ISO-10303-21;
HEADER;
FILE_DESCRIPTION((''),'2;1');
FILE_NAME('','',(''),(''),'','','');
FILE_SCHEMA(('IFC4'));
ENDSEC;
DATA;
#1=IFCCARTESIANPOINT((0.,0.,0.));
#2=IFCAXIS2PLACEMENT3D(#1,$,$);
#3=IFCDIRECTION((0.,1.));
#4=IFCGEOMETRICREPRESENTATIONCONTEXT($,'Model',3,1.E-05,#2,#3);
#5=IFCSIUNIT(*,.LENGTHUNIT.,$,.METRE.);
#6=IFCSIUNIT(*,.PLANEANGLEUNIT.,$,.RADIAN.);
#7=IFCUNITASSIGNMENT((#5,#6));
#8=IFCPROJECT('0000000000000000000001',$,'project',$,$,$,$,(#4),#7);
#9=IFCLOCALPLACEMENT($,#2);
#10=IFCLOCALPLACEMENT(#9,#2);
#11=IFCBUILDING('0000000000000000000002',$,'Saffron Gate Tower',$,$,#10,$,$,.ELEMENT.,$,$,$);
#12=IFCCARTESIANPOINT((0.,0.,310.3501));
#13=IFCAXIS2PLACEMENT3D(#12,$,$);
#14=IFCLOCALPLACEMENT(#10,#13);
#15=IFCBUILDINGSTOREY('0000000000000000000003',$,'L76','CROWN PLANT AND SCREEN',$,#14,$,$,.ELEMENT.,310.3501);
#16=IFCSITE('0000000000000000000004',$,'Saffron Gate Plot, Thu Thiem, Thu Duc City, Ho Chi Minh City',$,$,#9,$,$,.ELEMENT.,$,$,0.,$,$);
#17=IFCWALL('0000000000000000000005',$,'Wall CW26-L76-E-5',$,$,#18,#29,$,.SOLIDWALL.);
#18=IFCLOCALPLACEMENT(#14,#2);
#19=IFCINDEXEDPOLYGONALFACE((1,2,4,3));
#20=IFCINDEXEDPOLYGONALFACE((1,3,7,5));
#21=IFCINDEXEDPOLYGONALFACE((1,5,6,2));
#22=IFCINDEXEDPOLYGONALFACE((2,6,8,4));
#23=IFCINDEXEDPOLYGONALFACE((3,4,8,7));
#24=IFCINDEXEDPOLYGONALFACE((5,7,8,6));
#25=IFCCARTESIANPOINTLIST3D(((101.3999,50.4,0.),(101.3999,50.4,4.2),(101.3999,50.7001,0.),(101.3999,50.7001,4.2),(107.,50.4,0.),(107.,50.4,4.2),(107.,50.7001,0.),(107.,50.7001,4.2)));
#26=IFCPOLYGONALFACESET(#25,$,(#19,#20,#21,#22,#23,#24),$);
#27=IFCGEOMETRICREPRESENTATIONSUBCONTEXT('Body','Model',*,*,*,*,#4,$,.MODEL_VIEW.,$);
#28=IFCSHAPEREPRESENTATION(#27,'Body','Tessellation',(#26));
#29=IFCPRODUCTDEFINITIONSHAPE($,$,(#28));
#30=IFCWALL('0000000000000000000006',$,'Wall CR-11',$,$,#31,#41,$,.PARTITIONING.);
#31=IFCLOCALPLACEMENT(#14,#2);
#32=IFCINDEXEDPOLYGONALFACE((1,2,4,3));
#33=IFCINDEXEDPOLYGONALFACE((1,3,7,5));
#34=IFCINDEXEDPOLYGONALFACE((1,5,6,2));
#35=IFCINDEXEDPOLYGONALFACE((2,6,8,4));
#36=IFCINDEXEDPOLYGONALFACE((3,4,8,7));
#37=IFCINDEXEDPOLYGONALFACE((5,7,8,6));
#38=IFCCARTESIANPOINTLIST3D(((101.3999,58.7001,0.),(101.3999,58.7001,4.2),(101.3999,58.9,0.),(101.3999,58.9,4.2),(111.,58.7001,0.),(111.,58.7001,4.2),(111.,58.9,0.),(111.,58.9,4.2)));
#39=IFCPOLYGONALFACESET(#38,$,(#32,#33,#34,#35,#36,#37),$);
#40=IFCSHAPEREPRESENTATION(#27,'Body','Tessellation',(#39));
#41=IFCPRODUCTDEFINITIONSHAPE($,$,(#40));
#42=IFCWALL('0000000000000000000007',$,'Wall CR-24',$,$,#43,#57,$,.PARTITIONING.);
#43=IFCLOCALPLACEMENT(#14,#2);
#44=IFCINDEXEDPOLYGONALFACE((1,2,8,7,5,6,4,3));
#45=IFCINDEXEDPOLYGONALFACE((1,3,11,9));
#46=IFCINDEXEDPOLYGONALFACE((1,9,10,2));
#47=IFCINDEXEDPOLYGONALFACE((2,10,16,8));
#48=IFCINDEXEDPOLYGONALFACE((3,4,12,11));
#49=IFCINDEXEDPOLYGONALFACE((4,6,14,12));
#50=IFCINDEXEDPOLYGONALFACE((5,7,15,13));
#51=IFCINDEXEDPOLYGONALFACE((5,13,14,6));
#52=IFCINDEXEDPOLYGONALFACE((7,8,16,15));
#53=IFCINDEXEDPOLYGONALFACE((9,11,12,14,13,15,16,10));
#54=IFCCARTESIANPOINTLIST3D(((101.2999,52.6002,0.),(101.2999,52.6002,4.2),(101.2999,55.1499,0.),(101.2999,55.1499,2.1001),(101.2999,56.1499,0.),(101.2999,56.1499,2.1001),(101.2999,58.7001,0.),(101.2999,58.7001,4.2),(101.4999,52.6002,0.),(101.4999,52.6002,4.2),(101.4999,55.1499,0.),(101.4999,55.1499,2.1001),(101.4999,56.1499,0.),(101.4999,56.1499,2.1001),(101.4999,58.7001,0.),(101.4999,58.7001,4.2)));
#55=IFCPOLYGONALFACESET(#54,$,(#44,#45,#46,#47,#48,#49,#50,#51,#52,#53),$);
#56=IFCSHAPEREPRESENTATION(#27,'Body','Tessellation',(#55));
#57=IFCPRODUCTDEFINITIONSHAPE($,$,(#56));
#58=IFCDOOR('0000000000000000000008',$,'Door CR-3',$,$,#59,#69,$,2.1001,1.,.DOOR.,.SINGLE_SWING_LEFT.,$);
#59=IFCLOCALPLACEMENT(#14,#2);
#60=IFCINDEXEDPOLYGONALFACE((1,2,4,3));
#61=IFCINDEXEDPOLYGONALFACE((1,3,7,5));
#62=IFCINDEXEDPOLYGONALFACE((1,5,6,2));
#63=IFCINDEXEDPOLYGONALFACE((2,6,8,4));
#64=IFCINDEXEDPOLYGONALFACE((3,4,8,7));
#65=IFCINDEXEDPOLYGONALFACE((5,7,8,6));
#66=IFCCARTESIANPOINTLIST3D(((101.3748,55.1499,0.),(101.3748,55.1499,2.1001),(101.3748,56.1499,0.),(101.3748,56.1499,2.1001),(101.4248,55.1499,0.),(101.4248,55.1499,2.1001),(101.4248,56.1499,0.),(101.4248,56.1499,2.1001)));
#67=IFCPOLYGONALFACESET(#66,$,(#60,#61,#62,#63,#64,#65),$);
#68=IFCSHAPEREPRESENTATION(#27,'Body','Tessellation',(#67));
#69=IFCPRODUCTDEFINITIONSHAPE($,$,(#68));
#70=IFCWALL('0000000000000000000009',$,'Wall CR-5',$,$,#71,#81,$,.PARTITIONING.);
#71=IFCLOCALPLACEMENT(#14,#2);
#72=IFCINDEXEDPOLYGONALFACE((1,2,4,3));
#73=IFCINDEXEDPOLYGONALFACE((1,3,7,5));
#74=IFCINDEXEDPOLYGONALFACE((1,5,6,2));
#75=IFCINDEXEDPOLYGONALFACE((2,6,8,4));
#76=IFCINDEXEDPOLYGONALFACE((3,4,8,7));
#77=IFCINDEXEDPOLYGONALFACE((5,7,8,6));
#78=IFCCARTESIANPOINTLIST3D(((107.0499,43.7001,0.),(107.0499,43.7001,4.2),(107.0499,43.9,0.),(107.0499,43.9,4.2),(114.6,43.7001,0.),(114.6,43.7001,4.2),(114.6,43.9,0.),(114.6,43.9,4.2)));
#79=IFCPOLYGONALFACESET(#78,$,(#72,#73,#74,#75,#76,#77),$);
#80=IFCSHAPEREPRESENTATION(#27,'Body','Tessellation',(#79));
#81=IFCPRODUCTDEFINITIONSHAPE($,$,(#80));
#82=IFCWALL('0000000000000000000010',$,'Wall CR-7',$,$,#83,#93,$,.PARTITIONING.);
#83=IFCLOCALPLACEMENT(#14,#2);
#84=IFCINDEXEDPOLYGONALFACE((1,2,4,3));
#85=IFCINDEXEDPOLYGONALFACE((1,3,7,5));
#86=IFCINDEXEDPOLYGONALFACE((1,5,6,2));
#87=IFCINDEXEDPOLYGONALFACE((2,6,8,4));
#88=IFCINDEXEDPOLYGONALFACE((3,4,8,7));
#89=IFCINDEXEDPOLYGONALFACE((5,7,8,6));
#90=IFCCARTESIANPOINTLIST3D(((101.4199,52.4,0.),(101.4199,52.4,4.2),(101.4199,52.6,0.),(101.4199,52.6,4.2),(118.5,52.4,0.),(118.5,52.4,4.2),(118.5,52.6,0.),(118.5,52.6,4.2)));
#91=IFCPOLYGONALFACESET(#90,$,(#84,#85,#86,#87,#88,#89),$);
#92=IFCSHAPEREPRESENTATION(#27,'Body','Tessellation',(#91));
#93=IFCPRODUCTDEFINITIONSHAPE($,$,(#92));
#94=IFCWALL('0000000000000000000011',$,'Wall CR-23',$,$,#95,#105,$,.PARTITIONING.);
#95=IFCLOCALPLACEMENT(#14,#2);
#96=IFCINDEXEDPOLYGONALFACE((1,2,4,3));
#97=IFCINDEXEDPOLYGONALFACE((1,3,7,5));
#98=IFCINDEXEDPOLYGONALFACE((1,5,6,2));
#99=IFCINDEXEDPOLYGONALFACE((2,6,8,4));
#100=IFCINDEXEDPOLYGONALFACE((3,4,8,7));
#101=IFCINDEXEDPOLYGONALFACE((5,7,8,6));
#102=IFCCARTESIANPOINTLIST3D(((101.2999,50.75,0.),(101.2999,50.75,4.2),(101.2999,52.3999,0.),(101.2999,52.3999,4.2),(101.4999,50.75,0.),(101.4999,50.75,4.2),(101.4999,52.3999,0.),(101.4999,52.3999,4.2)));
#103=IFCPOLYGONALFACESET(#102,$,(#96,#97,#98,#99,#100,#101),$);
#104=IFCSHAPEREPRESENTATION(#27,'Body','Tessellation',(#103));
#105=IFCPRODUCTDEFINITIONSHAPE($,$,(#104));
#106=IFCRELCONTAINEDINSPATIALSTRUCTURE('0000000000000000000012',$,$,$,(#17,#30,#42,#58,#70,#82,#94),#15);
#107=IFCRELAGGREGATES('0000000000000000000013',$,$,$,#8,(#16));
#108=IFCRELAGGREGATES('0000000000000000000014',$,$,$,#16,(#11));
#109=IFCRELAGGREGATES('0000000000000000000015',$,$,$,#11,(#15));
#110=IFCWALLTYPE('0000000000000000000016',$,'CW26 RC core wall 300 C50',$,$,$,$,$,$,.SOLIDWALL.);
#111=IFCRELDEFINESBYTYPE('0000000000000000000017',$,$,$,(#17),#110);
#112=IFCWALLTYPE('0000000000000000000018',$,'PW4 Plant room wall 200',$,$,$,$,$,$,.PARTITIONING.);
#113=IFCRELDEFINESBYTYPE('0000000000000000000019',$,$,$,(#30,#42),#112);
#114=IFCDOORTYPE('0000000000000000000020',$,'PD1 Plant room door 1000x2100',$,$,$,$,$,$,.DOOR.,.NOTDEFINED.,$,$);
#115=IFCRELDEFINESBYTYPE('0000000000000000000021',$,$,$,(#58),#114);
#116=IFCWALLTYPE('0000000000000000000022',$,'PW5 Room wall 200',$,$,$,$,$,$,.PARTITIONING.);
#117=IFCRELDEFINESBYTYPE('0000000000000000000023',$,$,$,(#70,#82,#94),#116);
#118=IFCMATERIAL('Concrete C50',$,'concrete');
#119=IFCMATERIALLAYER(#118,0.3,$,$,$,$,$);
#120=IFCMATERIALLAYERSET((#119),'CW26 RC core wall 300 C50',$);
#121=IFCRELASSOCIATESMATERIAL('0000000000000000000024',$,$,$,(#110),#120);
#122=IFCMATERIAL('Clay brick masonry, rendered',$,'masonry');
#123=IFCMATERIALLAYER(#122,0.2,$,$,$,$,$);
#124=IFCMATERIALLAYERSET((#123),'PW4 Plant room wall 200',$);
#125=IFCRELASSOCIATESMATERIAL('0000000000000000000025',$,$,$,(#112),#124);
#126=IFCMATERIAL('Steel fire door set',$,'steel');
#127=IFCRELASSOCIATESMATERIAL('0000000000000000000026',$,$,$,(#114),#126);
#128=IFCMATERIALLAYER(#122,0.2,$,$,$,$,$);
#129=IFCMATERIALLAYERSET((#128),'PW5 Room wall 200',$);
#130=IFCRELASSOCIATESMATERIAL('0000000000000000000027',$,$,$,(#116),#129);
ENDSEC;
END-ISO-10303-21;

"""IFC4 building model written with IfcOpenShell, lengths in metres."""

from ifc_helpers import new_model, si_unit, direction, frame, frame_2d, origin, place, context, subcontext, project, spatial, rectangle, extrude, material, layer, layer_set, type_object, element, fill, save


model = new_model("IFC4")

# Units and contexts
model_context = context("Model", 3, precision=1e-05, world=origin(), true_north=direction((0.0, 1.0)))
body_context = subcontext(model_context, "Body", "Model", "MODEL_VIEW")
ifc_project = project(units=[si_unit("LENGTHUNIT", "METRE"), si_unit("PLANEANGLEUNIT", "RADIAN")], contexts=[model_context])

# Site, building, storey
site_placement = place(None, origin())
site = spatial("IfcSite", under=ifc_project, at=site_placement, Name="Saffron Gate Plot, Thu Thiem, Thu Duc City, Ho Chi Minh City", CompositionType="ELEMENT", RefElevation=0.0)
building_placement = place(site_placement, origin())
building = spatial("IfcBuilding", under=site, at=building_placement, Name="Saffron Gate Tower", CompositionType="ELEMENT")
storey_placement = place(building_placement, frame((0.0, 0.0, 310.3501)))
storey = spatial("IfcBuildingStorey", under=building, at=storey_placement, Name="L76", Description="CROWN PLANT AND SCREEN", CompositionType="ELEMENT", Elevation=310.3501)

# Shared definitions
ifc_material_1 = material(Name="Steel fire door set", Category="steel")
ifc_material_2 = material(Name="Concrete C50", Category="concrete")

# Shared definitions
ifc_layer_1 = layer(ifc_material_2, 0.3)
ifc_layer_set_1 = layer_set([ifc_layer_1], Name="CW26 RC core wall 300 C50")
wall_type_1 = type_object("IfcWallType", Name="CW26 RC core wall 300 C50", PredefinedType="SOLIDWALL", material=ifc_layer_set_1)

# Walls
wall_1_placement = place(storey_placement, frame((101.3999, 50.55, 0.0), z_axis=(0.0, 0.0, 1.0), x_axis=(1.0, 0.0, 0.0)))
element("IfcWall", 1, at=wall_1_placement, inside=storey, type_object=wall_type_1, Name="Wall CW26-L76-E-5", PredefinedType="SOLIDWALL", context=body_context, shape_type="SweptSolid", body=[
    extrude(rectangle(XDim=5.6001, YDim=0.3, at=frame_2d((2.8, 0.0))), origin(), (0.0, 0.0, 1.0), 4.2),
])
ifc_material_3 = material(Name="Clay brick masonry, rendered", Category="masonry")
ifc_layer_2 = layer(ifc_material_3, 0.2)
ifc_layer_set_2 = layer_set([ifc_layer_2], Name="PW4 Plant room wall 200")
wall_type_2 = type_object("IfcWallType", Name="PW4 Plant room wall 200", PredefinedType="PARTITIONING", material=ifc_layer_set_2)
wall_2_placement = place(storey_placement, frame((101.3999, 58.8, 0.0), z_axis=(0.0, 0.0, 1.0), x_axis=(1.0, 0.0, 0.0)))
element("IfcWall", 2, at=wall_2_placement, inside=storey, type_object=wall_type_2, Name="Wall CR-11", PredefinedType="PARTITIONING", context=body_context, shape_type="SweptSolid", body=[
    extrude(rectangle(XDim=9.6001, YDim=0.2, at=frame_2d((4.8, 0.0))), origin(), (0.0, 0.0, 1.0), 4.2),
])

# Wall, opening, door
wall_3_placement = place(storey_placement, frame((101.3999, 58.7, 0.0), z_axis=(0.0, 0.0, 1.0), x_axis=(0.0, -1.0, 0.0)))
wall_3 = element("IfcWall", 3, at=wall_3_placement, inside=storey, type_object=wall_type_2, Name="Wall CR-24", PredefinedType="PARTITIONING", context=body_context, shape_type="SweptSolid", body=[
    extrude(rectangle(XDim=6.0999, YDim=0.2, at=frame_2d((3.0498, 0.0))), origin(), (0.0, 0.0, 1.0), 4.2),
])
opening_1_placement = place(wall_3_placement, frame((2.55, 0.0, 0.0)))
opening_1 = element("IfcOpeningElement", 4, at=opening_1_placement, cuts=wall_3, PredefinedType="OPENING", context=body_context, shape_type="SweptSolid", body=[
    extrude(rectangle(XDim=1.0, YDim=2.1001, at=frame_2d((0.5, 1.05))), frame((0.0, 0.1099, 0.0), z_axis=(0.0, -1.0, 0.0), x_axis=(1.0, 0.0, 0.0)), (0.0, 0.0, 1.0), 0.22),
])
door_type_1 = type_object("IfcDoorType", Name="PD1 Plant room door 1000x2100", OperationType="NOTDEFINED", PredefinedType="DOOR", material=ifc_material_1)
door_1_placement = place(opening_1_placement, origin())
door_1 = element("IfcDoor", 5, at=door_1_placement, inside=storey, type_object=door_type_1, Name="Door CR-3", OperationType="SINGLE_SWING_LEFT", OverallHeight=2.1001, OverallWidth=1.0, PredefinedType="DOOR", context=body_context, shape_type="SweptSolid", body=[
    extrude(rectangle(XDim=1.0, YDim=2.1001, at=frame_2d((0.5, 1.05))), frame((0.0, 0.0249, 0.0), z_axis=(0.0, -1.0, 0.0), x_axis=(1.0, 0.0, 0.0)), (0.0, 0.0, 1.0), 0.05),
])
fill(opening_1, door_1)

# Walls
ifc_layer_3 = layer(ifc_material_3, 0.2)
ifc_layer_set_3 = layer_set([ifc_layer_3], Name="PW5 Room wall 200")
wall_type_3 = type_object("IfcWallType", Name="PW5 Room wall 200", PredefinedType="PARTITIONING", material=ifc_layer_set_3)
wall_4_placement = place(storey_placement, frame((107.05, 43.8, 0.0), z_axis=(0.0, 0.0, 1.0), x_axis=(1.0, 0.0, 0.0)))
element("IfcWall", 6, at=wall_4_placement, inside=storey, type_object=wall_type_3, Name="Wall CR-5", PredefinedType="PARTITIONING", context=body_context, shape_type="SweptSolid", body=[
    extrude(rectangle(XDim=7.55, YDim=0.2, at=frame_2d((3.7749, 0.0))), origin(), (0.0, 0.0, 1.0), 4.2),
])
wall_5_placement = place(storey_placement, frame((101.4199, 52.5, 0.0), z_axis=(0.0, 0.0, 1.0), x_axis=(1.0, 0.0, 0.0)))
element("IfcWall", 7, at=wall_5_placement, inside=storey, type_object=wall_type_3, Name="Wall CR-7", PredefinedType="PARTITIONING", context=body_context, shape_type="SweptSolid", body=[
    extrude(rectangle(XDim=17.0801, YDim=0.2, at=frame_2d((8.54, 0.0))), origin(), (0.0, 0.0, 1.0), 4.2),
])
wall_6_placement = place(storey_placement, frame((101.3999, 52.3999, 0.0), z_axis=(0.0, 0.0, 1.0), x_axis=(0.0, -1.0, 0.0)))
element("IfcWall", 8, at=wall_6_placement, inside=storey, type_object=wall_type_3, Name="Wall CR-23", PredefinedType="PARTITIONING", context=body_context, shape_type="SweptSolid", body=[
    extrude(rectangle(XDim=1.6499, YDim=0.2, at=frame_2d((0.825, 0.0))), origin(), (0.0, 0.0, 1.0), 4.2),
])

save(model, "model.ifc")
